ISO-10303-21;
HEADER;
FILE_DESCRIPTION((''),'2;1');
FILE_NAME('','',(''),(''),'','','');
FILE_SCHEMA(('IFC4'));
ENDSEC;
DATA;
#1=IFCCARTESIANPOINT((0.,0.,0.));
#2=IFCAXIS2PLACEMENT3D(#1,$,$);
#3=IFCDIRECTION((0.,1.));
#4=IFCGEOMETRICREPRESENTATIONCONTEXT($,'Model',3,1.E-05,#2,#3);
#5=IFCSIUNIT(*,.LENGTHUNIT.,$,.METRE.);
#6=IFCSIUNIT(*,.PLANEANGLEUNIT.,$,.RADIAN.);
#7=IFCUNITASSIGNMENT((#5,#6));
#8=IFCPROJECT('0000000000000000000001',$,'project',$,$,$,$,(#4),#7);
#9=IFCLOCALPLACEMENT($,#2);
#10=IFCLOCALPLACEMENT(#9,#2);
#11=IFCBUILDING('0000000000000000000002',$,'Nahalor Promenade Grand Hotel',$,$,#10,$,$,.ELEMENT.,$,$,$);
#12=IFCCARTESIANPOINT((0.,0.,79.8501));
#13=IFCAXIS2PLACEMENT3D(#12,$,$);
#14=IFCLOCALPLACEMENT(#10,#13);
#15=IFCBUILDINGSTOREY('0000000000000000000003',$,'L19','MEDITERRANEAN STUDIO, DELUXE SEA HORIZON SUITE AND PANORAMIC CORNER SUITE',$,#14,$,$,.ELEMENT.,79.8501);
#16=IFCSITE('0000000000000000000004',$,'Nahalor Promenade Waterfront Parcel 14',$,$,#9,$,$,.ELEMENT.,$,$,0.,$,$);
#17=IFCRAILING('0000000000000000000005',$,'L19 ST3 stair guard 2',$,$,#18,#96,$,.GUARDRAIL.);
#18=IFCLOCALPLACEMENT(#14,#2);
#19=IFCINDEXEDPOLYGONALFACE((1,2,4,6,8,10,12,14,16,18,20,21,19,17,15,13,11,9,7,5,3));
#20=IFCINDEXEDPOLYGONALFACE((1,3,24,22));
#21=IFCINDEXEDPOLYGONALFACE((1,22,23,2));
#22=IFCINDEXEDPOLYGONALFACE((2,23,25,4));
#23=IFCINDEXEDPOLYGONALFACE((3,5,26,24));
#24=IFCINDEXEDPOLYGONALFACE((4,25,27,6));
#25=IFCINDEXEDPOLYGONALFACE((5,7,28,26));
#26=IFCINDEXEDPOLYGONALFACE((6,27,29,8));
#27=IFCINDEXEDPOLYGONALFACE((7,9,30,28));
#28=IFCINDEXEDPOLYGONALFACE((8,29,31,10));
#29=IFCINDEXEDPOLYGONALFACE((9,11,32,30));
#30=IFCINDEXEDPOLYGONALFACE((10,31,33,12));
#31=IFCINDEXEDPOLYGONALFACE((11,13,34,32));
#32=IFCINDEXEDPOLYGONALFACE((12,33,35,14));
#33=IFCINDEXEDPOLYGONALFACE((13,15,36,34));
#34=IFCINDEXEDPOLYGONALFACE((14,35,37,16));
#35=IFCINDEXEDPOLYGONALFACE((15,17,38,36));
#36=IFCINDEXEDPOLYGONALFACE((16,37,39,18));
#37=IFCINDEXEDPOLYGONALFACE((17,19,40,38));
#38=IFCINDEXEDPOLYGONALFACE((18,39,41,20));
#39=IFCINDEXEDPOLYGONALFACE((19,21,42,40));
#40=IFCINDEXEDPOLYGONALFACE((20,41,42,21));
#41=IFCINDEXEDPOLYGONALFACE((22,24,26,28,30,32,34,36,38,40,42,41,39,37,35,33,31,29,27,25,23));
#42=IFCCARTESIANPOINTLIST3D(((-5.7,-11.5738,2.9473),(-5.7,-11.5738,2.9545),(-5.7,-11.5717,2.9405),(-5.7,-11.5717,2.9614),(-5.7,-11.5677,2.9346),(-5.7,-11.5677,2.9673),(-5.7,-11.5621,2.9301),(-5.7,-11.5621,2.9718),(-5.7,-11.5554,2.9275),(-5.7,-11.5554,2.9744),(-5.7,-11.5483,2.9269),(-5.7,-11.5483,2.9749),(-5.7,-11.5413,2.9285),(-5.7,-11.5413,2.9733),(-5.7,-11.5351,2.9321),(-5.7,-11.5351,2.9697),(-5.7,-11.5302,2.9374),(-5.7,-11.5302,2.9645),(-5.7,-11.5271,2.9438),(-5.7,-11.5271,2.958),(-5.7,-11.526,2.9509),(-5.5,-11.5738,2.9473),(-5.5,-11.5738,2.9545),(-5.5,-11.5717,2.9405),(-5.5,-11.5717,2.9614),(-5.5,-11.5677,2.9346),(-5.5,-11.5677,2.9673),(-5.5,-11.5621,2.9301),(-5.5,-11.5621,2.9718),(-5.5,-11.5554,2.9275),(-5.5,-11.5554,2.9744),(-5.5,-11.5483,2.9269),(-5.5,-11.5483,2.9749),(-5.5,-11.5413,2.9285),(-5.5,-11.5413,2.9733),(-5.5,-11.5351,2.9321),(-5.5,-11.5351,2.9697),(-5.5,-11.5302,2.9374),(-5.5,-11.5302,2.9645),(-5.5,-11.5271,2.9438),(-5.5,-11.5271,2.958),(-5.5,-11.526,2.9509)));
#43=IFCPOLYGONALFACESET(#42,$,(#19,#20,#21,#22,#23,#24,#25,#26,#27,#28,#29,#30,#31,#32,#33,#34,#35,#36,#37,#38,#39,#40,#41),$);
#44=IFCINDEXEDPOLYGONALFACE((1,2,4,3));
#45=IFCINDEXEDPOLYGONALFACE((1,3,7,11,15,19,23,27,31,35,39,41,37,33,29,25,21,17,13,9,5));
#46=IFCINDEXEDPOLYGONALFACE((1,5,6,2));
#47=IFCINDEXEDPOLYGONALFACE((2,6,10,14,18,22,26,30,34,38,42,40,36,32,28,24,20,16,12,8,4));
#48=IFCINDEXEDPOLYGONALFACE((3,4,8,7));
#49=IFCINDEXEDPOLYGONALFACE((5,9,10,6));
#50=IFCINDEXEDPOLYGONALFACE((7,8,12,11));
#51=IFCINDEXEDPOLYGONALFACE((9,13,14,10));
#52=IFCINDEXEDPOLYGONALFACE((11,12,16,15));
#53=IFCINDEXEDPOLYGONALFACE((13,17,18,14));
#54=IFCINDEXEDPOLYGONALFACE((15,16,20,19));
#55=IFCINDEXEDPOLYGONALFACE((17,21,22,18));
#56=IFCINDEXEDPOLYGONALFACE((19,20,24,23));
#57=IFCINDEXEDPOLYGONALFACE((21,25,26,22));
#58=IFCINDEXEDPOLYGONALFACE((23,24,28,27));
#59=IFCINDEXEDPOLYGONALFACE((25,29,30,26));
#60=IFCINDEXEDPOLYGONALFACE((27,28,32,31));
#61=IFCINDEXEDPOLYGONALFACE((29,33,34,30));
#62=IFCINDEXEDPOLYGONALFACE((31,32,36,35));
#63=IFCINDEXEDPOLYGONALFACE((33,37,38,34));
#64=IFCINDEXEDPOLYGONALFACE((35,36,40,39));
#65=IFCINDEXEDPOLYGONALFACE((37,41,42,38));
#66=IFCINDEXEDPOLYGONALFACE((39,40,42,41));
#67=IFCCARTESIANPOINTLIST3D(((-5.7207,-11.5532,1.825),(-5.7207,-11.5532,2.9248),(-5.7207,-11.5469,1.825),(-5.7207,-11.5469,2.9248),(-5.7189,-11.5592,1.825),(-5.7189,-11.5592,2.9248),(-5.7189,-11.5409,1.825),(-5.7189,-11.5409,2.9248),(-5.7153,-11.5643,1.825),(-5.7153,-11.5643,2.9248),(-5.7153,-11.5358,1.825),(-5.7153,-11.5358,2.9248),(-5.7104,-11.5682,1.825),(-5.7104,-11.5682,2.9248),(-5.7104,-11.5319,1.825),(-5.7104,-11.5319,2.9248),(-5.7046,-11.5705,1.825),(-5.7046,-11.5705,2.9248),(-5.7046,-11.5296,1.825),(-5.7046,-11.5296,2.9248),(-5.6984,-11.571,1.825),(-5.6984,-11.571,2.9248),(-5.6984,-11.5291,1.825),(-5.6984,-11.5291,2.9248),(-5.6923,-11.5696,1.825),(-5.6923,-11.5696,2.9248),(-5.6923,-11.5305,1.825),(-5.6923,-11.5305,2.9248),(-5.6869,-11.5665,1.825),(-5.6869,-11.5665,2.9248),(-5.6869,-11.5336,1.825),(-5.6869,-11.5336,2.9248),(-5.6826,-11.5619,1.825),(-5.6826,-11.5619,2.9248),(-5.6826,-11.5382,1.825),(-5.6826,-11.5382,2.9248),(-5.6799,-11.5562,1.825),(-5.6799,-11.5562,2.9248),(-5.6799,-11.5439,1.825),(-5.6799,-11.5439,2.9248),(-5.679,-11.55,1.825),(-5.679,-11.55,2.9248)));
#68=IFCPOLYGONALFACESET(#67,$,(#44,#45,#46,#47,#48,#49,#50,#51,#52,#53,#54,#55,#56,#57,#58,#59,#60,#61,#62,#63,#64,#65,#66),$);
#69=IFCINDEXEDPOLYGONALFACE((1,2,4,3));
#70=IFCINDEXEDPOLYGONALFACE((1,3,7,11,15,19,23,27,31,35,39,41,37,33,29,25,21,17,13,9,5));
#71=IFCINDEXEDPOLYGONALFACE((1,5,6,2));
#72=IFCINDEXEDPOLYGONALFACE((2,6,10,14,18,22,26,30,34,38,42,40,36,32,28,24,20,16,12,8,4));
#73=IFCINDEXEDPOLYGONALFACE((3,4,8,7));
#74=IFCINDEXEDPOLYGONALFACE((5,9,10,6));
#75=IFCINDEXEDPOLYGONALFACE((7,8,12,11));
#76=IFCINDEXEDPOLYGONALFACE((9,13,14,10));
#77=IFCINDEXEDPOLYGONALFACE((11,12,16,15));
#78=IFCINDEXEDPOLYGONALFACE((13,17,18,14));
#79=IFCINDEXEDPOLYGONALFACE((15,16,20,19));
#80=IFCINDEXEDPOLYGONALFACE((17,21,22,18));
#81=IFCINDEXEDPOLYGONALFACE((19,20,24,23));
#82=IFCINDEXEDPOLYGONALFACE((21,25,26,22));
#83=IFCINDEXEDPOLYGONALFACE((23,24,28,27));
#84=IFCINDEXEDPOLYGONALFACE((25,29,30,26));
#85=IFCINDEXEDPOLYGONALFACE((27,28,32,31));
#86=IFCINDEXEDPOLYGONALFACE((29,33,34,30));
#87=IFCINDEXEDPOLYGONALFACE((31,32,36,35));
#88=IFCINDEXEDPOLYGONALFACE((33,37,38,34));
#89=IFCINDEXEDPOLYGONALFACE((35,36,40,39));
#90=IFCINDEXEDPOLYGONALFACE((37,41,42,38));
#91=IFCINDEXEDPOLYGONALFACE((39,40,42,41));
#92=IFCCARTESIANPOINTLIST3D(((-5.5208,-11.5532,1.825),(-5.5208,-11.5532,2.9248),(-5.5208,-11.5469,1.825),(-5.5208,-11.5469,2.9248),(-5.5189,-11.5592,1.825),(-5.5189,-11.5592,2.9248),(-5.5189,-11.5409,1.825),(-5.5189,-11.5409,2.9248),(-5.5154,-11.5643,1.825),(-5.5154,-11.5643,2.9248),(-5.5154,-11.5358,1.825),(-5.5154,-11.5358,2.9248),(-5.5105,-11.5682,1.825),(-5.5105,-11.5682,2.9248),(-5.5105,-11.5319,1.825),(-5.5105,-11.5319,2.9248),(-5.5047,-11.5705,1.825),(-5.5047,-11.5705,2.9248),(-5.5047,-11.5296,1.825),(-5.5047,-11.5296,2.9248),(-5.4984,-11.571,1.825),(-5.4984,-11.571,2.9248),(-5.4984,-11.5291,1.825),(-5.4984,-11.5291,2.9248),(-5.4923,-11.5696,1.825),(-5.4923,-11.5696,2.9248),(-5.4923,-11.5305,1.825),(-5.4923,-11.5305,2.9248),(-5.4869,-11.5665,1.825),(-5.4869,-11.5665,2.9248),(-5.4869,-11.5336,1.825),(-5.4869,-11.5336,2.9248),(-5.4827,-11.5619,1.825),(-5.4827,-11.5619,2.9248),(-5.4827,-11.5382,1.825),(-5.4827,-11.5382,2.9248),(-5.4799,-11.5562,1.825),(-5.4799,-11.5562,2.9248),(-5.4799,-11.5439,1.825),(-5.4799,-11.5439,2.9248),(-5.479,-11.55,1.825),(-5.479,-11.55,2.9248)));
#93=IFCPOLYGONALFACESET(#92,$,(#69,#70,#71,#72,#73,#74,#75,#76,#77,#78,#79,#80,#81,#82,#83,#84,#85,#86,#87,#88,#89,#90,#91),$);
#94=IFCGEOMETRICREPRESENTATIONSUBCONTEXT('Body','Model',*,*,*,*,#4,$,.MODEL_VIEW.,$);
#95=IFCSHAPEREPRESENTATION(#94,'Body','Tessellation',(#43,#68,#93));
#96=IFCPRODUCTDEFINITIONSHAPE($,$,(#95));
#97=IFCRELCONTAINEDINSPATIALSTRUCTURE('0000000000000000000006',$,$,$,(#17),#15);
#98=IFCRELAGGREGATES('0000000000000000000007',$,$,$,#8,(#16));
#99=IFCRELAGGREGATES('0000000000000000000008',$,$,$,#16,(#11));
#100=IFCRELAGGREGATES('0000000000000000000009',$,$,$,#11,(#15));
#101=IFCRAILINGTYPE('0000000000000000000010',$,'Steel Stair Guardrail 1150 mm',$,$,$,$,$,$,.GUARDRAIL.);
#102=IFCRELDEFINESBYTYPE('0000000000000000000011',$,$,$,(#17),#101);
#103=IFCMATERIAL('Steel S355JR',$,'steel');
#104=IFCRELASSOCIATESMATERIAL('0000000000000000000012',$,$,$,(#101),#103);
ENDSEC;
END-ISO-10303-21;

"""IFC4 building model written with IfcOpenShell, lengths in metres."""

from ifc_helpers import new_model, si_unit, direction, frame, origin, origin_2d, place, context, subcontext, project, spatial, circle, extrude, material, type_object, element, save


model = new_model("IFC4")

# Units and contexts
model_context = context("Model", 3, precision=1e-05, world=origin(), true_north=direction((0.0, 1.0)))
body_context = subcontext(model_context, "Body", "Model", "MODEL_VIEW")
ifc_project = project(units=[si_unit("LENGTHUNIT", "METRE"), si_unit("PLANEANGLEUNIT", "RADIAN")], contexts=[model_context])

# Site, building, storey
site_placement = place(None, origin())
site = spatial("IfcSite", under=ifc_project, at=site_placement, Name="Nahalor Promenade Waterfront Parcel 14", CompositionType="ELEMENT", RefElevation=0.0)
building_placement = place(site_placement, origin())
building = spatial("IfcBuilding", under=site, at=building_placement, Name="Nahalor Promenade Grand Hotel", CompositionType="ELEMENT")
storey_placement = place(building_placement, frame((0.0, 0.0, 79.8501)))
storey = spatial("IfcBuildingStorey", under=building, at=storey_placement, Name="L19", Description="MEDITERRANEAN STUDIO, DELUXE SEA HORIZON SUITE AND PANORAMIC CORNER SUITE", CompositionType="ELEMENT", Elevation=79.8501)

# Shared definitions
ifc_material_1 = material(Name="Steel S355JR", Category="steel")

# Railing
railing_type_1 = type_object("IfcRailingType", Name="Steel Stair Guardrail 1150 mm", PredefinedType="GUARDRAIL", material=ifc_material_1)
railing_1_placement = place(storey_placement, frame((-5.7, -11.55, 1.825)))
element("IfcRailing", 1, at=railing_1_placement, inside=storey, type_object=railing_type_1, Name="L19 ST3 stair guard 2", PredefinedType="GUARDRAIL", context=body_context, shape_type="SweptSolid", body=[
    extrude(circle(Radius=0.024, at=origin_2d()), frame((0.0, 0.0, 1.126), z_axis=(1.0, 0.0, 0.0), x_axis=(0.0, 1.0, 0.0)), (0.0, 0.0, 1.0), 0.2),
    extrude(circle(Radius=0.021, at=origin_2d()), origin(), (0.0, 0.0, 1.0), 1.0999),
    extrude(circle(Radius=0.021, at=origin_2d()), frame((0.2, 0.0, 0.0)), (0.0, 0.0, 1.0), 1.0999),
])

save(model, "model.ifc")
